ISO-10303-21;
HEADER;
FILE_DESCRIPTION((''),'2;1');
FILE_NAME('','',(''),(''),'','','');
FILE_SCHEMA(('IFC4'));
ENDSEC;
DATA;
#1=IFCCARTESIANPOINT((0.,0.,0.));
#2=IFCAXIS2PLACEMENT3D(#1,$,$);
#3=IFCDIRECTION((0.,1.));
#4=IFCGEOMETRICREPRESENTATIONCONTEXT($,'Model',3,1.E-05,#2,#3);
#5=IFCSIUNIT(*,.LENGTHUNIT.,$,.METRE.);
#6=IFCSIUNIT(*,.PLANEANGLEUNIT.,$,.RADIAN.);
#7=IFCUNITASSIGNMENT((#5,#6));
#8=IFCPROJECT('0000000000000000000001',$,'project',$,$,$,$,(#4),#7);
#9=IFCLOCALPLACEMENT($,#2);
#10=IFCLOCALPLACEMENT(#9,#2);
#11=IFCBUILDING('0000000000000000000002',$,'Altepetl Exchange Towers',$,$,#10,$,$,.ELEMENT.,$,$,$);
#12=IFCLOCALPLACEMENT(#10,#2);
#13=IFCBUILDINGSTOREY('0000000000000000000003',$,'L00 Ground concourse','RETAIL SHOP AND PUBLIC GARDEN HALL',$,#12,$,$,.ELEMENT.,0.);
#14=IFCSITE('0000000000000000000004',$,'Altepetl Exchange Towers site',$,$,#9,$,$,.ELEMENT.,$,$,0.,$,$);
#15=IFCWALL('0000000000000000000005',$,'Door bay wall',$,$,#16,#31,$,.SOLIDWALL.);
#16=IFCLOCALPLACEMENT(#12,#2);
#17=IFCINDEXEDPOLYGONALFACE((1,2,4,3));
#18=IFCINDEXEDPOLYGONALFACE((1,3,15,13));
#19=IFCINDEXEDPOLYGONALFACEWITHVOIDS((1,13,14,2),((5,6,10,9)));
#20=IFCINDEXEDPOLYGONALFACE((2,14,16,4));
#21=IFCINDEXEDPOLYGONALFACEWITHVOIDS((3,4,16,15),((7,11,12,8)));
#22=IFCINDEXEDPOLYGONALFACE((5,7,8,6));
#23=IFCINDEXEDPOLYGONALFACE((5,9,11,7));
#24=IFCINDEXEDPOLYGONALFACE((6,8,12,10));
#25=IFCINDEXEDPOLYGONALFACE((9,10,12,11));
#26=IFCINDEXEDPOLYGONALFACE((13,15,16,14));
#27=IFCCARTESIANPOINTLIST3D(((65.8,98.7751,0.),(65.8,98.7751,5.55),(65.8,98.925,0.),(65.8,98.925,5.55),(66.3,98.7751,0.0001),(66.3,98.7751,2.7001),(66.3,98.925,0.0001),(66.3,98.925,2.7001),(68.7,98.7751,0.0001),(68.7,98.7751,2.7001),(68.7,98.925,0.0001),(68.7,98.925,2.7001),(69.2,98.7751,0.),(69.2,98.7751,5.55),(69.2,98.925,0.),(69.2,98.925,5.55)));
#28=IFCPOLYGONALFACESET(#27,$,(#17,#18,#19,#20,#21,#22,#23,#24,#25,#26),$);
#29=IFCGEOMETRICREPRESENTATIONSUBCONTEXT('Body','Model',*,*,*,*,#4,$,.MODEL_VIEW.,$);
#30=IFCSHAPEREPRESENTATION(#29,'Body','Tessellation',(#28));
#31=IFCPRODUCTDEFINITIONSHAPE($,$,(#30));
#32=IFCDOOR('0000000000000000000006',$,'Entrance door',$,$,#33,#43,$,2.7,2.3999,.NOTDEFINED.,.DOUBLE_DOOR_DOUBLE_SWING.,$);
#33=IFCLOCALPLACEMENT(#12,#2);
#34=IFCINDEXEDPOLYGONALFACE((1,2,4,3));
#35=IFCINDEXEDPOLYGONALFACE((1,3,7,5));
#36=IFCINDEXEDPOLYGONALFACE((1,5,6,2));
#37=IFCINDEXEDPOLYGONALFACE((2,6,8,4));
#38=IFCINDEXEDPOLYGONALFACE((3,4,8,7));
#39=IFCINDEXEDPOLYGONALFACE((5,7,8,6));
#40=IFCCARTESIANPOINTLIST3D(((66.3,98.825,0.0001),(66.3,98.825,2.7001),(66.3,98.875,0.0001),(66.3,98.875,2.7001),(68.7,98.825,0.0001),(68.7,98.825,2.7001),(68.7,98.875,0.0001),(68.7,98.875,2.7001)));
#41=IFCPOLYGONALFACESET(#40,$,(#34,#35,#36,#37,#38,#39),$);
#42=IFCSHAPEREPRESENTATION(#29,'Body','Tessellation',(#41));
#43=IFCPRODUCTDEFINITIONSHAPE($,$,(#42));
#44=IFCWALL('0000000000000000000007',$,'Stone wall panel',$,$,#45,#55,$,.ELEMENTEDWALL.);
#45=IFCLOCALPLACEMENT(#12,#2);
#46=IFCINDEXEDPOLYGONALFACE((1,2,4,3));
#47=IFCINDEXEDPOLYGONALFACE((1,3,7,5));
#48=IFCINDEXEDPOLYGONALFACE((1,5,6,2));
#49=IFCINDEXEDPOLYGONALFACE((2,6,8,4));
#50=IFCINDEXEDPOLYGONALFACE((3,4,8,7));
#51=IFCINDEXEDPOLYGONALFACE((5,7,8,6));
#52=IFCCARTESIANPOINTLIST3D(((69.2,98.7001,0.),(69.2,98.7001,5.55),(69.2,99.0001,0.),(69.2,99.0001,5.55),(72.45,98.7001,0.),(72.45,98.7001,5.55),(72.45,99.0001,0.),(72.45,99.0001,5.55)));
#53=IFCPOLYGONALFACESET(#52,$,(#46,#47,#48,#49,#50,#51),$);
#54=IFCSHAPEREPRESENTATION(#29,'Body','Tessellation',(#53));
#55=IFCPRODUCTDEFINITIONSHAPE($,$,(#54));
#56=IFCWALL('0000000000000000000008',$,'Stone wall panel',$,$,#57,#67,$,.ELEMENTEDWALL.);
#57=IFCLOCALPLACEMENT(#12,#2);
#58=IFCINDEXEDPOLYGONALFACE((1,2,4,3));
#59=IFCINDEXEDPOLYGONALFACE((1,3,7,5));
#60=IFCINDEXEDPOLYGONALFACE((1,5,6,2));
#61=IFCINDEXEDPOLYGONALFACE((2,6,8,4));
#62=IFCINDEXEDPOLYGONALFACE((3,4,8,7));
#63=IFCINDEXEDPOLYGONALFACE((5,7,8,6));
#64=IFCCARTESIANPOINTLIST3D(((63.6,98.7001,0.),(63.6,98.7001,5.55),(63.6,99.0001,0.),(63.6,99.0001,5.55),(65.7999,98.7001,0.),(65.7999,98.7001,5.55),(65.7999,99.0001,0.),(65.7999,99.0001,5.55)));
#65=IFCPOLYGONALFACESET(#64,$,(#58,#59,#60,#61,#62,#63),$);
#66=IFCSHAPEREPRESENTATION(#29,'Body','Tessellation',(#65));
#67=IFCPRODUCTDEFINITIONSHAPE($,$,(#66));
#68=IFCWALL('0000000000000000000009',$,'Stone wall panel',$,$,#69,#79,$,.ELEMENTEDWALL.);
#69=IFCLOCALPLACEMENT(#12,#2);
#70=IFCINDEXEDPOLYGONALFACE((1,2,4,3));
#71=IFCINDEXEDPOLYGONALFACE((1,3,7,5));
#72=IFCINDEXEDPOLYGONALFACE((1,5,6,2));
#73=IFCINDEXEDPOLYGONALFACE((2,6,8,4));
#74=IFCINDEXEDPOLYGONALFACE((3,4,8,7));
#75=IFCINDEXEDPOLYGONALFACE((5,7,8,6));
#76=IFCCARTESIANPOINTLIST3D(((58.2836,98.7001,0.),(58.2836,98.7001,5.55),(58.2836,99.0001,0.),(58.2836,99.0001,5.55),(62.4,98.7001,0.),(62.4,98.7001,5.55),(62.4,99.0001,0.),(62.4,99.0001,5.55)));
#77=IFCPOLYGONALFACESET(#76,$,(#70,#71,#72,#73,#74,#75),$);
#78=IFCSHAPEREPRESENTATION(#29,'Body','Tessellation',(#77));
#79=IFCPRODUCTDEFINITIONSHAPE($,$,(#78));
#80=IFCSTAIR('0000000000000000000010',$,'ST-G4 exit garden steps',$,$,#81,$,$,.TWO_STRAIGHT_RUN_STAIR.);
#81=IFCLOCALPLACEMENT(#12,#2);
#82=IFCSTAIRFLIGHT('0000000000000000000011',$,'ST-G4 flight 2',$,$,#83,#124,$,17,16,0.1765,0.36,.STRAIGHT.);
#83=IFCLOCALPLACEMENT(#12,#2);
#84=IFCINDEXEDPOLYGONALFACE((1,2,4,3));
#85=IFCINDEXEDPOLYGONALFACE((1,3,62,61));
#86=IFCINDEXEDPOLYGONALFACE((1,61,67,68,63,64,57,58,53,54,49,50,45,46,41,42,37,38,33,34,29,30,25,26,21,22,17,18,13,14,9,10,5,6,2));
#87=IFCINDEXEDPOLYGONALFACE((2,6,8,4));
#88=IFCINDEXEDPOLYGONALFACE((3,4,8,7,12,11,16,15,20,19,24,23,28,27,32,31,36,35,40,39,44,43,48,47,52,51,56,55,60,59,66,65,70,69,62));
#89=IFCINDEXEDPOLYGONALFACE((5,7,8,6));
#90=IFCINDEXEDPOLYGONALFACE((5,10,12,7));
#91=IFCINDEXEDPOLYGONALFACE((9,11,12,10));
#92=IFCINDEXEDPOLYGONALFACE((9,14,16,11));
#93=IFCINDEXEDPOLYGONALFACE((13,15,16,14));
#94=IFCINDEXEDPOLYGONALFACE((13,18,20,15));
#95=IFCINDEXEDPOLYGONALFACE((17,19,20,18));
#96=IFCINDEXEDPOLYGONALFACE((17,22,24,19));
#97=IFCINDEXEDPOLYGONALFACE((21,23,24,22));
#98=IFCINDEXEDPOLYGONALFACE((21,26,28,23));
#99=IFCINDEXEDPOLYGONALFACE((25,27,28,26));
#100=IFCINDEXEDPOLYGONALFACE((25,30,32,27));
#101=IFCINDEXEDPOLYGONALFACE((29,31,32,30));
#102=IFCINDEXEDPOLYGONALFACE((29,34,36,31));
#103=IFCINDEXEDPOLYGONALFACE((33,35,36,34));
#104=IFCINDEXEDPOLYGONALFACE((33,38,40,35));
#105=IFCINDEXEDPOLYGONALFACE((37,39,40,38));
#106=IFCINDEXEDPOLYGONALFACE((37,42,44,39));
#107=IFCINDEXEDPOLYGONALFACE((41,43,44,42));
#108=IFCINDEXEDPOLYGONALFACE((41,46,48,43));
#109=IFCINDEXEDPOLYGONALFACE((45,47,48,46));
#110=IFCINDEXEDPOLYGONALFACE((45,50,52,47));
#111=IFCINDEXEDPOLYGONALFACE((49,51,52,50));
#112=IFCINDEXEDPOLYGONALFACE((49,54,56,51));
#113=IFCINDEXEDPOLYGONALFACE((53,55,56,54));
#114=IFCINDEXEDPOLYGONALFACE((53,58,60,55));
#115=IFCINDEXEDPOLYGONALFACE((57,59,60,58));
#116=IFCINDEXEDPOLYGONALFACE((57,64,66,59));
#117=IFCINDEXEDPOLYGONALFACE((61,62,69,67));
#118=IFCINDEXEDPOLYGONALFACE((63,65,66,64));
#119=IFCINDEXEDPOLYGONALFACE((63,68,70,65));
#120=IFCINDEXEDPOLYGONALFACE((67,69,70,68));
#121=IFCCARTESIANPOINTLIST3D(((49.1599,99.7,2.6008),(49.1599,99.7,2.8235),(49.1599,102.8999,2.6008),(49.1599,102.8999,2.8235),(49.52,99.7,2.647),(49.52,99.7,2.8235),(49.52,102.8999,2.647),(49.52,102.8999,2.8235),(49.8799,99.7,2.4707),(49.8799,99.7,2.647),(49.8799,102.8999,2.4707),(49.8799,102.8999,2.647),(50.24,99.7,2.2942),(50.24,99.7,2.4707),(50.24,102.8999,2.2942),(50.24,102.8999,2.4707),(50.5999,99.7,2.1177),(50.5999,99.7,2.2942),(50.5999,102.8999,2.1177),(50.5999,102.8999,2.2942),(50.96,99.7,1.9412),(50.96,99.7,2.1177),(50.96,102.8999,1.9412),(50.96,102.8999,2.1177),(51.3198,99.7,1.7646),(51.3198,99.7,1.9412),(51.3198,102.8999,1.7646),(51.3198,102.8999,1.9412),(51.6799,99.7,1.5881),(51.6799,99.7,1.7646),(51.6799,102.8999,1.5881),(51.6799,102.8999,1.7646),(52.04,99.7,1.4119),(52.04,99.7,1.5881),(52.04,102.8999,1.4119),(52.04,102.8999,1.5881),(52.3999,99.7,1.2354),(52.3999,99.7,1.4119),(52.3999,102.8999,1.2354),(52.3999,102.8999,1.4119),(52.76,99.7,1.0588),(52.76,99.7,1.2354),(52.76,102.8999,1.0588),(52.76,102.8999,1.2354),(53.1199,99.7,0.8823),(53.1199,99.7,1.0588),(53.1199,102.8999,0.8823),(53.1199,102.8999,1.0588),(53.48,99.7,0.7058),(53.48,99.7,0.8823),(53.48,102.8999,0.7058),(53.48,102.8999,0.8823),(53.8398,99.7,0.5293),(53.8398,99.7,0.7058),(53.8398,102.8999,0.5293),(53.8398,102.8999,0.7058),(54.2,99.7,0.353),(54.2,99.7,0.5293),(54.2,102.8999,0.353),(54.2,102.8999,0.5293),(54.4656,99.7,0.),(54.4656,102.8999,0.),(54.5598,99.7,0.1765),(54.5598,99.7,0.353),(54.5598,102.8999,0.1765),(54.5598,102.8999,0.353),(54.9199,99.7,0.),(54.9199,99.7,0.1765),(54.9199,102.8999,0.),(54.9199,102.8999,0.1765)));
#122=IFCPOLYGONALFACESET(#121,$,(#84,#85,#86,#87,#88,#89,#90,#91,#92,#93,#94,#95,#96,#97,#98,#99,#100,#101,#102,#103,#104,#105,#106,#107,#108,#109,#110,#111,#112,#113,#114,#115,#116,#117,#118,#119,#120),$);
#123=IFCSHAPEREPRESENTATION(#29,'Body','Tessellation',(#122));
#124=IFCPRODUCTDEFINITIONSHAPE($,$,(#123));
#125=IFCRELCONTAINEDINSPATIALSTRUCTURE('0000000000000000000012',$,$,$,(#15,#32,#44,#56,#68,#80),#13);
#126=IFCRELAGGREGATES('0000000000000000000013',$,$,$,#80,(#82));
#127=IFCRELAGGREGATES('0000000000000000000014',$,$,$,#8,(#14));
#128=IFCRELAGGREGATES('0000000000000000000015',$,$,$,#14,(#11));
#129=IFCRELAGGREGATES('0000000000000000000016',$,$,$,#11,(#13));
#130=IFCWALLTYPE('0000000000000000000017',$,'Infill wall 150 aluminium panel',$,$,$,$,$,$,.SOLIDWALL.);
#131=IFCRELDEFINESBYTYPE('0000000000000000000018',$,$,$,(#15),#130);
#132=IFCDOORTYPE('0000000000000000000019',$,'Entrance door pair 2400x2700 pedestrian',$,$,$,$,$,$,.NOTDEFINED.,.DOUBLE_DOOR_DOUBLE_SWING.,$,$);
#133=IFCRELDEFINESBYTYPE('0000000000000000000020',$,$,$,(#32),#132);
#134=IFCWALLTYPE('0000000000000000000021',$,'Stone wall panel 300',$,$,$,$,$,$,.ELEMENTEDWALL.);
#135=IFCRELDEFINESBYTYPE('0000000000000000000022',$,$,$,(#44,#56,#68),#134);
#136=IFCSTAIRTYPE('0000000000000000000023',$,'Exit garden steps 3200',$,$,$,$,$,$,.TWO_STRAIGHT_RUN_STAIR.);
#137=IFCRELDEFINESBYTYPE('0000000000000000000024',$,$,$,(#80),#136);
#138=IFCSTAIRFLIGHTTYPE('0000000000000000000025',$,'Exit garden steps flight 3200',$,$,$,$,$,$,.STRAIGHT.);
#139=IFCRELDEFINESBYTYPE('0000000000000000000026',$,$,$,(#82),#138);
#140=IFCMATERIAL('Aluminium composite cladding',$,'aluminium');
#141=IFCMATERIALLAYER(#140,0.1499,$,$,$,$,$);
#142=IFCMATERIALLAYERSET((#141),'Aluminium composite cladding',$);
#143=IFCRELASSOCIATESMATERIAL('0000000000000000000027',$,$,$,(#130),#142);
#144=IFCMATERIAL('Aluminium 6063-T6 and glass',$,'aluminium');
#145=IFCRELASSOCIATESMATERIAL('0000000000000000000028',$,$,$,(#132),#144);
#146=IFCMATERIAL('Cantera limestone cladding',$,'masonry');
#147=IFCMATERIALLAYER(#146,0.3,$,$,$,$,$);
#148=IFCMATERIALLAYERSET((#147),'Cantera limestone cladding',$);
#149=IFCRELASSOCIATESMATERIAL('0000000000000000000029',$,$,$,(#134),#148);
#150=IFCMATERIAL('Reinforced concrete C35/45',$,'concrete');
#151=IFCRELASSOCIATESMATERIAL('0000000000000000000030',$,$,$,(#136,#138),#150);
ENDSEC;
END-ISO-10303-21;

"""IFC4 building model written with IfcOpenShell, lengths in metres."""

from ifc_helpers import new_model, si_unit, direction, frame, frame_2d, origin, place, context, subcontext, project, spatial, polyline, rectangle, outline, extrude, material, layer, layer_set, type_object, element, fill, aggregate, save


model = new_model("IFC4")

# Units and contexts
model_context = context("Model", 3, precision=1e-05, world=origin(), true_north=direction((0.0, 1.0)))
body_context = subcontext(model_context, "Body", "Model", "MODEL_VIEW")
ifc_project = project(units=[si_unit("LENGTHUNIT", "METRE"), si_unit("PLANEANGLEUNIT", "RADIAN")], contexts=[model_context])

# Site, building, storey
site_placement = place(None, origin())
site = spatial("IfcSite", under=ifc_project, at=site_placement, Name="Altepetl Exchange Towers site", CompositionType="ELEMENT", RefElevation=0.0)
building_placement = place(site_placement, origin())
building = spatial("IfcBuilding", under=site, at=building_placement, Name="Altepetl Exchange Towers", CompositionType="ELEMENT")
storey_placement = place(building_placement, origin())
storey = spatial("IfcBuildingStorey", under=building, at=storey_placement, Name="L00 Ground concourse", Description="RETAIL SHOP AND PUBLIC GARDEN HALL", CompositionType="ELEMENT", Elevation=0.0)

# Wall, opening, door
ifc_material_1 = material(Name="Aluminium composite cladding", Category="aluminium")
ifc_layer_1 = layer(ifc_material_1, 0.1499)
ifc_layer_set_1 = layer_set([ifc_layer_1], Name="Aluminium composite cladding")
wall_type_1 = type_object("IfcWallType", Name="Infill wall 150 aluminium panel", PredefinedType="SOLIDWALL", material=ifc_layer_set_1)
ifc_material_2 = material(Name="Aluminium 6063-T6 and glass", Category="aluminium")
door_type = type_object("IfcDoorType", Name="Entrance door pair 2400x2700 pedestrian", OperationType="DOUBLE_DOOR_DOUBLE_SWING", PredefinedType="NOTDEFINED", material=ifc_material_2)
wall_1_placement = place(storey_placement, frame((69.2, 98.8501, 0.0), z_axis=(0.0, 0.0, 1.0), x_axis=(-1.0, 0.0, 0.0)))
wall_1 = element("IfcWall", 1, at=wall_1_placement, inside=storey, type_object=wall_type_1, Name="Door bay wall", PredefinedType="SOLIDWALL", context=body_context, shape_type="SweptSolid", body=[
    extrude(rectangle(XDim=3.3999, YDim=0.1499, at=frame_2d((1.7, 0.0))), origin(), (0.0, 0.0, 1.0), 5.55),
])
opening_1_placement = place(wall_1_placement, frame((0.5, 0.0, 0.0)))
opening_1 = element("IfcOpeningElement", 2, at=opening_1_placement, cuts=wall_1, PredefinedType="OPENING", context=body_context, shape_type="SweptSolid", body=[
    extrude(rectangle(XDim=2.3999, YDim=2.7, at=frame_2d((1.2, 1.3501))), frame((0.0, 0.085, 0.0), z_axis=(0.0, -1.0, 0.0), x_axis=(1.0, 0.0, 0.0)), (0.0, 0.0, 1.0), 0.1699),
])
door_1_placement = place(opening_1_placement, frame((2.3999, 0.0, 0.0), x_axis=(-1.0, 0.0, 0.0)))
door_1 = element("IfcDoor", 3, at=door_1_placement, inside=storey, type_object=door_type, Name="Entrance door", OperationType="DOUBLE_DOOR_DOUBLE_SWING", OverallHeight=2.7, OverallWidth=2.3999, PredefinedType="NOTDEFINED", context=body_context, shape_type="SweptSolid", body=[
    extrude(rectangle(XDim=2.3999, YDim=2.7, at=frame_2d((1.2, 1.3501))), frame((0.0, 0.0249, 0.0), z_axis=(0.0, -1.0, 0.0), x_axis=(1.0, 0.0, 0.0)), (0.0, 0.0, 1.0), 0.05),
])
fill(opening_1, door_1)

# Walls
ifc_material_3 = material(Name="Cantera limestone cladding", Category="masonry")
ifc_layer_2 = layer(ifc_material_3, 0.3)
ifc_layer_set_2 = layer_set([ifc_layer_2], Name="Cantera limestone cladding")
wall_type_2 = type_object("IfcWallType", Name="Stone wall panel 300", PredefinedType="ELEMENTEDWALL", material=ifc_layer_set_2)
wall_2_placement = place(storey_placement, frame((72.45, 98.8501, 0.0), z_axis=(0.0, 0.0, 1.0), x_axis=(-1.0, 0.0, 0.0)))
element("IfcWall", 4, at=wall_2_placement, inside=storey, type_object=wall_type_2, Name="Stone wall panel", PredefinedType="ELEMENTEDWALL", context=body_context, shape_type="SweptSolid", body=[
    extrude(rectangle(XDim=3.25, YDim=0.3, at=frame_2d((1.625, 0.0))), origin(), (0.0, 0.0, 1.0), 5.55),
])
wall_3_placement = place(storey_placement, frame((65.8, 98.8501, 0.0), z_axis=(0.0, 0.0, 1.0), x_axis=(-1.0, 0.0, 0.0)))
element("IfcWall", 5, at=wall_3_placement, inside=storey, type_object=wall_type_2, Name="Stone wall panel", PredefinedType="ELEMENTEDWALL", context=body_context, shape_type="SweptSolid", body=[
    extrude(rectangle(XDim=2.2, YDim=0.3, at=frame_2d((1.1001, 0.0))), origin(), (0.0, 0.0, 1.0), 5.55),
])
wall_4_placement = place(storey_placement, frame((62.3999, 98.8501, 0.0), z_axis=(0.0, 0.0, 1.0), x_axis=(-1.0, 0.0, 0.0)))
element("IfcWall", 6, at=wall_4_placement, inside=storey, type_object=wall_type_2, Name="Stone wall panel", PredefinedType="ELEMENTEDWALL", context=body_context, shape_type="SweptSolid", body=[
    extrude(rectangle(XDim=4.1165, YDim=0.3, at=frame_2d((2.0581, 0.0))), origin(), (0.0, 0.0, 1.0), 5.55),
])

# Stair, stair flight
ifc_material_4 = material(Name="Reinforced concrete C35/45", Category="concrete")
stair_type = type_object("IfcStairType", Name="Exit garden steps 3200", PredefinedType="TWO_STRAIGHT_RUN_STAIR", material=ifc_material_4)
stair_placement = place(storey_placement, origin())
stair = element("IfcStair", 7, at=stair_placement, inside=storey, type_object=stair_type, Name="ST-G4 exit garden steps", PredefinedType="TWO_STRAIGHT_RUN_STAIR")
stair_flight_type = type_object("IfcStairFlightType", Name="Exit garden steps flight 3200", PredefinedType="STRAIGHT", material=ifc_material_4)
stair_flight_placement = place(storey_placement, frame((54.9199, 101.3, 0.0), z_axis=(0.0, 0.0, 1.0), x_axis=(-1.0, 0.0, 0.0)))
stair_flight = element("IfcStairFlight", 8, at=stair_flight_placement, type_object=stair_flight_type, Name="ST-G4 flight 2", NumberOfRisers=17, NumberOfTreads=16, PredefinedType="STRAIGHT", RiserHeight=0.1765, TreadLength=0.36, context=body_context, shape_type="SweptSolid", body=[
    extrude(outline(polyline([(0.0, 0.0), (0.0, 0.1765), (0.3601, 0.1765), (0.3601, 0.353), (0.72, 0.353), (0.72, 0.5293), (1.0801, 0.5293), (1.0801, 0.7058), (1.4399, 0.7058), (1.4399, 0.8823), (1.8, 0.8823), (1.8, 1.0588), (2.1599, 1.0588), (2.1599, 1.2354), (2.52, 1.2354), (2.52, 1.4119), (2.8799, 1.4119), (2.8799, 1.5881), (3.24, 1.5881), (3.24, 1.7646), (3.6001, 1.7646), (3.6001, 1.9412), (3.96, 1.9412), (3.96, 2.1177), (4.3201, 2.1177), (4.3201, 2.2942), (4.6799, 2.2942), (4.6799, 2.4707), (5.04, 2.4707), (5.04, 2.647), (5.3999, 2.647), (5.3999, 2.8235), (5.76, 2.8235), (5.76, 3.0), (5.76, 2.6008), (0.4543, 0.0), (0.0, 0.0)])), frame((0.0, 1.6001, 0.0), z_axis=(0.0, -1.0, 0.0), x_axis=(1.0, 0.0, 0.0)), (0.0, 0.0, 1.0), 3.2),
])
aggregate(stair, [stair_flight])

save(model, "model.ifc")
